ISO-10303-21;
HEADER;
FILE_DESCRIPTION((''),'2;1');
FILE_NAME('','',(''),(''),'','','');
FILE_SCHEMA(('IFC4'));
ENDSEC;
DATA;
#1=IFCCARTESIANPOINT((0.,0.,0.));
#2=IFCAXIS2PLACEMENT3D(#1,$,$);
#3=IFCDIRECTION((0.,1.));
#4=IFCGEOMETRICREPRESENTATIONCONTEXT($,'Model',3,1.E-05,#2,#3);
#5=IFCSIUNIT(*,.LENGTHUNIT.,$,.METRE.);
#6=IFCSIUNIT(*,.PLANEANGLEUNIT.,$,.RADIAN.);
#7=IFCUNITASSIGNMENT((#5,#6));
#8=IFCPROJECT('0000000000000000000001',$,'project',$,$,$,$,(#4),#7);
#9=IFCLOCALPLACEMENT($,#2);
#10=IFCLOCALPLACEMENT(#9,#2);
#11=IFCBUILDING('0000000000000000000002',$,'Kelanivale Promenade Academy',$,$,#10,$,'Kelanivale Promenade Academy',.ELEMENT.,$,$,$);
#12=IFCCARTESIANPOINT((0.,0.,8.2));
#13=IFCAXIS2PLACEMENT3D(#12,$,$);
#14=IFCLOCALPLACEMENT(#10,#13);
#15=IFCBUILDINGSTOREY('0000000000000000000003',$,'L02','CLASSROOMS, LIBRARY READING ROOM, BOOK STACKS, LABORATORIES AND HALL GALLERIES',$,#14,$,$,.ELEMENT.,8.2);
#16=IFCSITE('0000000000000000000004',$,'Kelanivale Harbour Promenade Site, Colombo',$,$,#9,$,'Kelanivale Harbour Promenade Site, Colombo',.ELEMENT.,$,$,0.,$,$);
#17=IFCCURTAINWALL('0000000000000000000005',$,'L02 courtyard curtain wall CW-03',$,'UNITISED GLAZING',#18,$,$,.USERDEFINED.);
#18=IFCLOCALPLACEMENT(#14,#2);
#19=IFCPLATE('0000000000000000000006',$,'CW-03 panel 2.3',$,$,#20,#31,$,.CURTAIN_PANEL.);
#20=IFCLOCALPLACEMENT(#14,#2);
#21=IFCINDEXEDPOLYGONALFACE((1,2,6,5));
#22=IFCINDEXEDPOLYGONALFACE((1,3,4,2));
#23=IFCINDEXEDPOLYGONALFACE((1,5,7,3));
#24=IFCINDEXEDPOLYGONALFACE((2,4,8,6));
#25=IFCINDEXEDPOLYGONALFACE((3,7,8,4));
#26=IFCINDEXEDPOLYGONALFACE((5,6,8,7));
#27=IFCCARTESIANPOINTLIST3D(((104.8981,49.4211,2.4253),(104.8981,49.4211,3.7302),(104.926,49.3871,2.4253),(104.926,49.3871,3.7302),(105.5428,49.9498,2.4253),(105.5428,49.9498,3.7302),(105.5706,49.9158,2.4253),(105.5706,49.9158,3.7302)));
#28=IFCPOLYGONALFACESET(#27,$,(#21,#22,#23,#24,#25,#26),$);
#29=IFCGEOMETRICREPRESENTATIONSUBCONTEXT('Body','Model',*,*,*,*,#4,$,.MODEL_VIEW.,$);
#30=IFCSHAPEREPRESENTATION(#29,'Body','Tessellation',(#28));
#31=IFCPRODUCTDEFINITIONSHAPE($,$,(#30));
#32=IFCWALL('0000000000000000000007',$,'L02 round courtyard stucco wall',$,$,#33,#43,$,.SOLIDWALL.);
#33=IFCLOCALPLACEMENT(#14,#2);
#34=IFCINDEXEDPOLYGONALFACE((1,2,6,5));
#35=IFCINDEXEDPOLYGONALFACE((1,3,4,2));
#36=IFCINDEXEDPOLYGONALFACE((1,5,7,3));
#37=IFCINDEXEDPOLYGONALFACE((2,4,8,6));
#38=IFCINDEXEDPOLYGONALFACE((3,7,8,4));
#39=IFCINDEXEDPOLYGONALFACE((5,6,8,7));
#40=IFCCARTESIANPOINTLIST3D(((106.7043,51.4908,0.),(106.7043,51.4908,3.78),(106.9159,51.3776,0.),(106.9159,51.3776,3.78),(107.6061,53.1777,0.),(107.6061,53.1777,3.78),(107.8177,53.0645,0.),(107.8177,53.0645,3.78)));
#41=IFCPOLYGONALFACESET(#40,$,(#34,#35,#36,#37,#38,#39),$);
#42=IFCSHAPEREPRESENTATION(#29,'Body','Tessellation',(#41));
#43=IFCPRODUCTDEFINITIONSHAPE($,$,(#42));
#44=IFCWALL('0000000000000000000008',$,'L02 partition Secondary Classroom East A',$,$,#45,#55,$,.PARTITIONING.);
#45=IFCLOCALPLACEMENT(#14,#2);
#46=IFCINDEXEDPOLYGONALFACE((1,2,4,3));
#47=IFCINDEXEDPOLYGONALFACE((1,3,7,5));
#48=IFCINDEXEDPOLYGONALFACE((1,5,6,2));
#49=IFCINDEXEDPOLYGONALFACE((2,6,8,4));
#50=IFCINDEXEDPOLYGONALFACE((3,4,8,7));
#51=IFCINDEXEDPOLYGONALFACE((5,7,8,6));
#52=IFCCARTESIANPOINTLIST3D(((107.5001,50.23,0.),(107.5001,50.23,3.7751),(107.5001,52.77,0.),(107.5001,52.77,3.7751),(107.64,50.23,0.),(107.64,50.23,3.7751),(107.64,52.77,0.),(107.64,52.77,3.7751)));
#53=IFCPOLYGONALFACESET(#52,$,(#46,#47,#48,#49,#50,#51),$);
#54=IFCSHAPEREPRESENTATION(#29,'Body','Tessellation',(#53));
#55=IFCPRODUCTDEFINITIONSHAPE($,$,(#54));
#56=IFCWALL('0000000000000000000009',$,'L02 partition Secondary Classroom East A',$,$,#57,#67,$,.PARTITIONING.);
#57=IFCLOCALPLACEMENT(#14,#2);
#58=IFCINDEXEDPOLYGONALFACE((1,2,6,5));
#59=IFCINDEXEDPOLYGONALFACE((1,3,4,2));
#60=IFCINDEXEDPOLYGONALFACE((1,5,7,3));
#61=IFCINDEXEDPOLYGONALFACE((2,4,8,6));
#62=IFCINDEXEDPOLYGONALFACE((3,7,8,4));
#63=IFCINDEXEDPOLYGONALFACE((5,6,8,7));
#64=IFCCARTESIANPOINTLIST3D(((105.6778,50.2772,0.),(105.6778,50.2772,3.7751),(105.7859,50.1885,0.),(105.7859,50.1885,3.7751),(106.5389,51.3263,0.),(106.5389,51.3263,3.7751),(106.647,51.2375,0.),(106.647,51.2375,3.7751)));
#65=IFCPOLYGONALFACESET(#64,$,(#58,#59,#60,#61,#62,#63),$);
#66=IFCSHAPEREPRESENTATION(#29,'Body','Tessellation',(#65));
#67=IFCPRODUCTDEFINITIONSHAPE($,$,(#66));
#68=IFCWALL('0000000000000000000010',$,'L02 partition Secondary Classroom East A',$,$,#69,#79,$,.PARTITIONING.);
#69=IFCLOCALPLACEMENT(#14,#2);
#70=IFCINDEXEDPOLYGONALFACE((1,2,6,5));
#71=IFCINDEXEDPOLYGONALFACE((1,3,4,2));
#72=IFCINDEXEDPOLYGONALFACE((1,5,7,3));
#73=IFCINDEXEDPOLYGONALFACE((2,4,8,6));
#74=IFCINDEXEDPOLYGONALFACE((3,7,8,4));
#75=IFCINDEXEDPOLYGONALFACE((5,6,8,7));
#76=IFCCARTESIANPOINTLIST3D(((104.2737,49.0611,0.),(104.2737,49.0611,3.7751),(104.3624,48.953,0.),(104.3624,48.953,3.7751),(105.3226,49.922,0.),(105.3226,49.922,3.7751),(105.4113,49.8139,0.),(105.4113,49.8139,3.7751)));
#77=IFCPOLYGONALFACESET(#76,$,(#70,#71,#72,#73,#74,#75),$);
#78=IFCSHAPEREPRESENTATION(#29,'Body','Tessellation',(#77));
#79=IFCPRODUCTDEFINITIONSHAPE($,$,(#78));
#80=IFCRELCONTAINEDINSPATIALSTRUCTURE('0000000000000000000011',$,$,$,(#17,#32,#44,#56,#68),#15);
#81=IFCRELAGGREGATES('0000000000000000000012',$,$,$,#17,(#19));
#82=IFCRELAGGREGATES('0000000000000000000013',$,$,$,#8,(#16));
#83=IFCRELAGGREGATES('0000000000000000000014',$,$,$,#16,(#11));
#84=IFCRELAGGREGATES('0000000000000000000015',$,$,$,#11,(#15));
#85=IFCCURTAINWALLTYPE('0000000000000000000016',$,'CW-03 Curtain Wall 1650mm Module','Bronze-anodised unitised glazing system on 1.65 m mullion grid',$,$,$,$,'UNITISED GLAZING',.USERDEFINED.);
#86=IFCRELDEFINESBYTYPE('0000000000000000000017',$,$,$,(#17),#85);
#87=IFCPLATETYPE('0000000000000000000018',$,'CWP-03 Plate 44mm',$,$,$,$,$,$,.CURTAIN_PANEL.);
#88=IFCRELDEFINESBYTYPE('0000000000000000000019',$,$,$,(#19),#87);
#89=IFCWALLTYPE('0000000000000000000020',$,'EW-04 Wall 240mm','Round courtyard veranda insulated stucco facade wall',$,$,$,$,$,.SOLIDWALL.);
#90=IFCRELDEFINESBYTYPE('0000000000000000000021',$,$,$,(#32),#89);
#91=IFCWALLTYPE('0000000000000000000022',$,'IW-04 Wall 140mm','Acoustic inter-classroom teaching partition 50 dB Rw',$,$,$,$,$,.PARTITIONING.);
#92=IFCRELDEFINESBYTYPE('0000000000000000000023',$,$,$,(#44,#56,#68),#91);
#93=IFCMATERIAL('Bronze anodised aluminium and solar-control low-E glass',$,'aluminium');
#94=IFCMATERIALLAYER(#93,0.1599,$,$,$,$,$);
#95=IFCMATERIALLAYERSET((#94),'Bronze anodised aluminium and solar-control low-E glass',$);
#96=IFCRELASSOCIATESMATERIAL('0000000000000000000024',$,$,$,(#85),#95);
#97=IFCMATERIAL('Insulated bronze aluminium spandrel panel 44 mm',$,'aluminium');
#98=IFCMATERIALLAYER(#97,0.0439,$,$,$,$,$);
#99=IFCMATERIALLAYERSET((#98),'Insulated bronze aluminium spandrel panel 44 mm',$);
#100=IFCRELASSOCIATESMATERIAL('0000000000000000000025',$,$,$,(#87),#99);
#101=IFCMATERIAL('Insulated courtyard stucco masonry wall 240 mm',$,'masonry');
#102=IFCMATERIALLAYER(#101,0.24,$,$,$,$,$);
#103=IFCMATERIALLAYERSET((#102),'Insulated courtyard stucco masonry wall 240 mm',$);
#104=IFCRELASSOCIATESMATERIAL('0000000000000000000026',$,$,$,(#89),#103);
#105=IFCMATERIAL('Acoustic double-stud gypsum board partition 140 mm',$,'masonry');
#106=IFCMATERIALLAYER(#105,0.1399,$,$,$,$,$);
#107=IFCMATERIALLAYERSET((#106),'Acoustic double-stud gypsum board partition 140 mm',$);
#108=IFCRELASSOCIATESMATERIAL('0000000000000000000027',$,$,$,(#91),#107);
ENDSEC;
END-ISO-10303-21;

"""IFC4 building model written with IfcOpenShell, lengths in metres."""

from ifc_helpers import new_model, si_unit, direction, frame, frame_2d, origin, origin_2d, place, context, subcontext, project, spatial, rectangle, extrude, material, layer, layer_set, type_object, element, aggregate, save


model = new_model("IFC4")

# Units and contexts
model_context = context("Model", 3, precision=1e-05, world=origin(), true_north=direction((0.0, 1.0)))
body_context = subcontext(model_context, "Body", "Model", "MODEL_VIEW")
ifc_project = project(units=[si_unit("LENGTHUNIT", "METRE"), si_unit("PLANEANGLEUNIT", "RADIAN")], contexts=[model_context])

# Site, building, storey
site_placement = place(None, origin())
site = spatial("IfcSite", under=ifc_project, at=site_placement, Name="Kelanivale Harbour Promenade Site, Colombo", LongName="Kelanivale Harbour Promenade Site, Colombo", CompositionType="ELEMENT", RefElevation=0.0)
building_placement = place(site_placement, origin())
building = spatial("IfcBuilding", under=site, at=building_placement, Name="Kelanivale Promenade Academy", LongName="Kelanivale Promenade Academy", CompositionType="ELEMENT")
storey_placement = place(building_placement, frame((0.0, 0.0, 8.2)))
storey = spatial("IfcBuildingStorey", under=building, at=storey_placement, Name="L02", Description="CLASSROOMS, LIBRARY READING ROOM, BOOK STACKS, LABORATORIES AND HALL GALLERIES", CompositionType="ELEMENT", Elevation=8.2)

# Curtain wall
ifc_material_1 = material(Name="Bronze anodised aluminium and solar-control low-E glass", Category="aluminium")
ifc_layer_1 = layer(ifc_material_1, 0.1599)
ifc_layer_set_1 = layer_set([ifc_layer_1], Name="Bronze anodised aluminium and solar-control low-E glass")
curtain_wall_type_1 = type_object("IfcCurtainWallType", Name="CW-03 Curtain Wall 1650mm Module", Description="Bronze-anodised unitised glazing system on 1.65 m mullion grid", ElementType="UNITISED GLAZING", PredefinedType="USERDEFINED", material=ifc_layer_set_1)
curtain_wall_1_placement = place(storey_placement, origin())
curtain_wall_1 = element("IfcCurtainWall", 1, at=curtain_wall_1_placement, inside=storey, type_object=curtain_wall_type_1, Name="L02 courtyard curtain wall CW-03", ObjectType="UNITISED GLAZING", PredefinedType="USERDEFINED")

# Plate
ifc_material_2 = material(Name="Insulated bronze aluminium spandrel panel 44 mm", Category="aluminium")
ifc_layer_2 = layer(ifc_material_2, 0.0439)
ifc_layer_set_2 = layer_set([ifc_layer_2], Name="Insulated bronze aluminium spandrel panel 44 mm")
plate_type_1 = type_object("IfcPlateType", Name="CWP-03 Plate 44mm", PredefinedType="CURTAIN_PANEL", material=ifc_layer_set_2)
plate_1_placement = place(storey_placement, frame((105.2344, 49.6685, 2.4253), z_axis=(0.0, 0.0, 1.0), x_axis=(0.773215, 0.634144, 0.0)))
plate_1 = element("IfcPlate", 2, at=plate_1_placement, type_object=plate_type_1, Name="CW-03 panel 2.3", PredefinedType="CURTAIN_PANEL", context=body_context, shape_type="SweptSolid", body=[
    extrude(rectangle(XDim=0.8337, YDim=0.0439, at=origin_2d()), origin(), (0.0, 0.0, 1.0), 1.3049),
])
aggregate(curtain_wall_1, [plate_1])

# Walls
ifc_material_3 = material(Name="Insulated courtyard stucco masonry wall 240 mm", Category="masonry")
ifc_layer_3 = layer(ifc_material_3, 0.24)
ifc_layer_set_3 = layer_set([ifc_layer_3], Name="Insulated courtyard stucco masonry wall 240 mm")
wall_type_1 = type_object("IfcWallType", Name="EW-04 Wall 240mm", Description="Round courtyard veranda insulated stucco facade wall", PredefinedType="SOLIDWALL", material=ifc_layer_set_3)
wall_1_placement = place(storey_placement, frame((106.8101, 51.4341, 0.0), z_axis=(0.0, 0.0, 1.0), x_axis=(0.471449, 0.881893, 0.0)))
element("IfcWall", 3, at=wall_1_placement, inside=storey, type_object=wall_type_1, Name="L02 round courtyard stucco wall", PredefinedType="SOLIDWALL", context=body_context, shape_type="SweptSolid", body=[
    extrude(rectangle(XDim=1.9128, YDim=0.24, at=frame_2d((0.9565, 0.0))), origin(), (0.0, 0.0, 1.0), 3.78),
])
ifc_material_4 = material(Name="Acoustic double-stud gypsum board partition 140 mm", Category="masonry")
ifc_layer_4 = layer(ifc_material_4, 0.1399)
ifc_layer_set_4 = layer_set([ifc_layer_4], Name="Acoustic double-stud gypsum board partition 140 mm")
wall_type_2 = type_object("IfcWallType", Name="IW-04 Wall 140mm", Description="Acoustic inter-classroom teaching partition 50 dB Rw", PredefinedType="PARTITIONING", material=ifc_layer_set_4)
wall_2_placement = place(storey_placement, frame((107.5701, 50.23, 0.0), z_axis=(0.0, 0.0, 1.0), x_axis=(0.0, 1.0, 0.0)))
element("IfcWall", 4, at=wall_2_placement, inside=storey, type_object=wall_type_2, Name="L02 partition Secondary Classroom East A", PredefinedType="PARTITIONING", context=body_context, shape_type="SweptSolid", body=[
    extrude(rectangle(XDim=2.54, YDim=0.1399, at=frame_2d((1.27, 0.0))), origin(), (0.0, 0.0, 1.0), 3.7751),
])
wall_3_placement = place(storey_placement, frame((106.593, 51.282, 0.0), z_axis=(0.0, 0.0, 1.0), x_axis=(-0.634452, -0.772963, 0.0)))
element("IfcWall", 5, at=wall_3_placement, inside=storey, type_object=wall_type_2, Name="L02 partition Secondary Classroom East A", PredefinedType="PARTITIONING", context=body_context, shape_type="SweptSolid", body=[
    extrude(rectangle(XDim=1.3572, YDim=0.1399, at=frame_2d((0.6787, 0.0))), origin(), (0.0, 0.0, 1.0), 3.7751),
])
wall_4_placement = place(storey_placement, frame((105.3669, 49.8679, 0.0), z_axis=(0.0, 0.0, 1.0), x_axis=(-0.772978, -0.634432, 0.0)))
element("IfcWall", 6, at=wall_4_placement, inside=storey, type_object=wall_type_2, Name="L02 partition Secondary Classroom East A", PredefinedType="PARTITIONING", context=body_context, shape_type="SweptSolid", body=[
    extrude(rectangle(XDim=1.3569, YDim=0.1399, at=frame_2d((0.6785, 0.0))), origin(), (0.0, 0.0, 1.0), 3.7751),
])

save(model, "model.ifc")
